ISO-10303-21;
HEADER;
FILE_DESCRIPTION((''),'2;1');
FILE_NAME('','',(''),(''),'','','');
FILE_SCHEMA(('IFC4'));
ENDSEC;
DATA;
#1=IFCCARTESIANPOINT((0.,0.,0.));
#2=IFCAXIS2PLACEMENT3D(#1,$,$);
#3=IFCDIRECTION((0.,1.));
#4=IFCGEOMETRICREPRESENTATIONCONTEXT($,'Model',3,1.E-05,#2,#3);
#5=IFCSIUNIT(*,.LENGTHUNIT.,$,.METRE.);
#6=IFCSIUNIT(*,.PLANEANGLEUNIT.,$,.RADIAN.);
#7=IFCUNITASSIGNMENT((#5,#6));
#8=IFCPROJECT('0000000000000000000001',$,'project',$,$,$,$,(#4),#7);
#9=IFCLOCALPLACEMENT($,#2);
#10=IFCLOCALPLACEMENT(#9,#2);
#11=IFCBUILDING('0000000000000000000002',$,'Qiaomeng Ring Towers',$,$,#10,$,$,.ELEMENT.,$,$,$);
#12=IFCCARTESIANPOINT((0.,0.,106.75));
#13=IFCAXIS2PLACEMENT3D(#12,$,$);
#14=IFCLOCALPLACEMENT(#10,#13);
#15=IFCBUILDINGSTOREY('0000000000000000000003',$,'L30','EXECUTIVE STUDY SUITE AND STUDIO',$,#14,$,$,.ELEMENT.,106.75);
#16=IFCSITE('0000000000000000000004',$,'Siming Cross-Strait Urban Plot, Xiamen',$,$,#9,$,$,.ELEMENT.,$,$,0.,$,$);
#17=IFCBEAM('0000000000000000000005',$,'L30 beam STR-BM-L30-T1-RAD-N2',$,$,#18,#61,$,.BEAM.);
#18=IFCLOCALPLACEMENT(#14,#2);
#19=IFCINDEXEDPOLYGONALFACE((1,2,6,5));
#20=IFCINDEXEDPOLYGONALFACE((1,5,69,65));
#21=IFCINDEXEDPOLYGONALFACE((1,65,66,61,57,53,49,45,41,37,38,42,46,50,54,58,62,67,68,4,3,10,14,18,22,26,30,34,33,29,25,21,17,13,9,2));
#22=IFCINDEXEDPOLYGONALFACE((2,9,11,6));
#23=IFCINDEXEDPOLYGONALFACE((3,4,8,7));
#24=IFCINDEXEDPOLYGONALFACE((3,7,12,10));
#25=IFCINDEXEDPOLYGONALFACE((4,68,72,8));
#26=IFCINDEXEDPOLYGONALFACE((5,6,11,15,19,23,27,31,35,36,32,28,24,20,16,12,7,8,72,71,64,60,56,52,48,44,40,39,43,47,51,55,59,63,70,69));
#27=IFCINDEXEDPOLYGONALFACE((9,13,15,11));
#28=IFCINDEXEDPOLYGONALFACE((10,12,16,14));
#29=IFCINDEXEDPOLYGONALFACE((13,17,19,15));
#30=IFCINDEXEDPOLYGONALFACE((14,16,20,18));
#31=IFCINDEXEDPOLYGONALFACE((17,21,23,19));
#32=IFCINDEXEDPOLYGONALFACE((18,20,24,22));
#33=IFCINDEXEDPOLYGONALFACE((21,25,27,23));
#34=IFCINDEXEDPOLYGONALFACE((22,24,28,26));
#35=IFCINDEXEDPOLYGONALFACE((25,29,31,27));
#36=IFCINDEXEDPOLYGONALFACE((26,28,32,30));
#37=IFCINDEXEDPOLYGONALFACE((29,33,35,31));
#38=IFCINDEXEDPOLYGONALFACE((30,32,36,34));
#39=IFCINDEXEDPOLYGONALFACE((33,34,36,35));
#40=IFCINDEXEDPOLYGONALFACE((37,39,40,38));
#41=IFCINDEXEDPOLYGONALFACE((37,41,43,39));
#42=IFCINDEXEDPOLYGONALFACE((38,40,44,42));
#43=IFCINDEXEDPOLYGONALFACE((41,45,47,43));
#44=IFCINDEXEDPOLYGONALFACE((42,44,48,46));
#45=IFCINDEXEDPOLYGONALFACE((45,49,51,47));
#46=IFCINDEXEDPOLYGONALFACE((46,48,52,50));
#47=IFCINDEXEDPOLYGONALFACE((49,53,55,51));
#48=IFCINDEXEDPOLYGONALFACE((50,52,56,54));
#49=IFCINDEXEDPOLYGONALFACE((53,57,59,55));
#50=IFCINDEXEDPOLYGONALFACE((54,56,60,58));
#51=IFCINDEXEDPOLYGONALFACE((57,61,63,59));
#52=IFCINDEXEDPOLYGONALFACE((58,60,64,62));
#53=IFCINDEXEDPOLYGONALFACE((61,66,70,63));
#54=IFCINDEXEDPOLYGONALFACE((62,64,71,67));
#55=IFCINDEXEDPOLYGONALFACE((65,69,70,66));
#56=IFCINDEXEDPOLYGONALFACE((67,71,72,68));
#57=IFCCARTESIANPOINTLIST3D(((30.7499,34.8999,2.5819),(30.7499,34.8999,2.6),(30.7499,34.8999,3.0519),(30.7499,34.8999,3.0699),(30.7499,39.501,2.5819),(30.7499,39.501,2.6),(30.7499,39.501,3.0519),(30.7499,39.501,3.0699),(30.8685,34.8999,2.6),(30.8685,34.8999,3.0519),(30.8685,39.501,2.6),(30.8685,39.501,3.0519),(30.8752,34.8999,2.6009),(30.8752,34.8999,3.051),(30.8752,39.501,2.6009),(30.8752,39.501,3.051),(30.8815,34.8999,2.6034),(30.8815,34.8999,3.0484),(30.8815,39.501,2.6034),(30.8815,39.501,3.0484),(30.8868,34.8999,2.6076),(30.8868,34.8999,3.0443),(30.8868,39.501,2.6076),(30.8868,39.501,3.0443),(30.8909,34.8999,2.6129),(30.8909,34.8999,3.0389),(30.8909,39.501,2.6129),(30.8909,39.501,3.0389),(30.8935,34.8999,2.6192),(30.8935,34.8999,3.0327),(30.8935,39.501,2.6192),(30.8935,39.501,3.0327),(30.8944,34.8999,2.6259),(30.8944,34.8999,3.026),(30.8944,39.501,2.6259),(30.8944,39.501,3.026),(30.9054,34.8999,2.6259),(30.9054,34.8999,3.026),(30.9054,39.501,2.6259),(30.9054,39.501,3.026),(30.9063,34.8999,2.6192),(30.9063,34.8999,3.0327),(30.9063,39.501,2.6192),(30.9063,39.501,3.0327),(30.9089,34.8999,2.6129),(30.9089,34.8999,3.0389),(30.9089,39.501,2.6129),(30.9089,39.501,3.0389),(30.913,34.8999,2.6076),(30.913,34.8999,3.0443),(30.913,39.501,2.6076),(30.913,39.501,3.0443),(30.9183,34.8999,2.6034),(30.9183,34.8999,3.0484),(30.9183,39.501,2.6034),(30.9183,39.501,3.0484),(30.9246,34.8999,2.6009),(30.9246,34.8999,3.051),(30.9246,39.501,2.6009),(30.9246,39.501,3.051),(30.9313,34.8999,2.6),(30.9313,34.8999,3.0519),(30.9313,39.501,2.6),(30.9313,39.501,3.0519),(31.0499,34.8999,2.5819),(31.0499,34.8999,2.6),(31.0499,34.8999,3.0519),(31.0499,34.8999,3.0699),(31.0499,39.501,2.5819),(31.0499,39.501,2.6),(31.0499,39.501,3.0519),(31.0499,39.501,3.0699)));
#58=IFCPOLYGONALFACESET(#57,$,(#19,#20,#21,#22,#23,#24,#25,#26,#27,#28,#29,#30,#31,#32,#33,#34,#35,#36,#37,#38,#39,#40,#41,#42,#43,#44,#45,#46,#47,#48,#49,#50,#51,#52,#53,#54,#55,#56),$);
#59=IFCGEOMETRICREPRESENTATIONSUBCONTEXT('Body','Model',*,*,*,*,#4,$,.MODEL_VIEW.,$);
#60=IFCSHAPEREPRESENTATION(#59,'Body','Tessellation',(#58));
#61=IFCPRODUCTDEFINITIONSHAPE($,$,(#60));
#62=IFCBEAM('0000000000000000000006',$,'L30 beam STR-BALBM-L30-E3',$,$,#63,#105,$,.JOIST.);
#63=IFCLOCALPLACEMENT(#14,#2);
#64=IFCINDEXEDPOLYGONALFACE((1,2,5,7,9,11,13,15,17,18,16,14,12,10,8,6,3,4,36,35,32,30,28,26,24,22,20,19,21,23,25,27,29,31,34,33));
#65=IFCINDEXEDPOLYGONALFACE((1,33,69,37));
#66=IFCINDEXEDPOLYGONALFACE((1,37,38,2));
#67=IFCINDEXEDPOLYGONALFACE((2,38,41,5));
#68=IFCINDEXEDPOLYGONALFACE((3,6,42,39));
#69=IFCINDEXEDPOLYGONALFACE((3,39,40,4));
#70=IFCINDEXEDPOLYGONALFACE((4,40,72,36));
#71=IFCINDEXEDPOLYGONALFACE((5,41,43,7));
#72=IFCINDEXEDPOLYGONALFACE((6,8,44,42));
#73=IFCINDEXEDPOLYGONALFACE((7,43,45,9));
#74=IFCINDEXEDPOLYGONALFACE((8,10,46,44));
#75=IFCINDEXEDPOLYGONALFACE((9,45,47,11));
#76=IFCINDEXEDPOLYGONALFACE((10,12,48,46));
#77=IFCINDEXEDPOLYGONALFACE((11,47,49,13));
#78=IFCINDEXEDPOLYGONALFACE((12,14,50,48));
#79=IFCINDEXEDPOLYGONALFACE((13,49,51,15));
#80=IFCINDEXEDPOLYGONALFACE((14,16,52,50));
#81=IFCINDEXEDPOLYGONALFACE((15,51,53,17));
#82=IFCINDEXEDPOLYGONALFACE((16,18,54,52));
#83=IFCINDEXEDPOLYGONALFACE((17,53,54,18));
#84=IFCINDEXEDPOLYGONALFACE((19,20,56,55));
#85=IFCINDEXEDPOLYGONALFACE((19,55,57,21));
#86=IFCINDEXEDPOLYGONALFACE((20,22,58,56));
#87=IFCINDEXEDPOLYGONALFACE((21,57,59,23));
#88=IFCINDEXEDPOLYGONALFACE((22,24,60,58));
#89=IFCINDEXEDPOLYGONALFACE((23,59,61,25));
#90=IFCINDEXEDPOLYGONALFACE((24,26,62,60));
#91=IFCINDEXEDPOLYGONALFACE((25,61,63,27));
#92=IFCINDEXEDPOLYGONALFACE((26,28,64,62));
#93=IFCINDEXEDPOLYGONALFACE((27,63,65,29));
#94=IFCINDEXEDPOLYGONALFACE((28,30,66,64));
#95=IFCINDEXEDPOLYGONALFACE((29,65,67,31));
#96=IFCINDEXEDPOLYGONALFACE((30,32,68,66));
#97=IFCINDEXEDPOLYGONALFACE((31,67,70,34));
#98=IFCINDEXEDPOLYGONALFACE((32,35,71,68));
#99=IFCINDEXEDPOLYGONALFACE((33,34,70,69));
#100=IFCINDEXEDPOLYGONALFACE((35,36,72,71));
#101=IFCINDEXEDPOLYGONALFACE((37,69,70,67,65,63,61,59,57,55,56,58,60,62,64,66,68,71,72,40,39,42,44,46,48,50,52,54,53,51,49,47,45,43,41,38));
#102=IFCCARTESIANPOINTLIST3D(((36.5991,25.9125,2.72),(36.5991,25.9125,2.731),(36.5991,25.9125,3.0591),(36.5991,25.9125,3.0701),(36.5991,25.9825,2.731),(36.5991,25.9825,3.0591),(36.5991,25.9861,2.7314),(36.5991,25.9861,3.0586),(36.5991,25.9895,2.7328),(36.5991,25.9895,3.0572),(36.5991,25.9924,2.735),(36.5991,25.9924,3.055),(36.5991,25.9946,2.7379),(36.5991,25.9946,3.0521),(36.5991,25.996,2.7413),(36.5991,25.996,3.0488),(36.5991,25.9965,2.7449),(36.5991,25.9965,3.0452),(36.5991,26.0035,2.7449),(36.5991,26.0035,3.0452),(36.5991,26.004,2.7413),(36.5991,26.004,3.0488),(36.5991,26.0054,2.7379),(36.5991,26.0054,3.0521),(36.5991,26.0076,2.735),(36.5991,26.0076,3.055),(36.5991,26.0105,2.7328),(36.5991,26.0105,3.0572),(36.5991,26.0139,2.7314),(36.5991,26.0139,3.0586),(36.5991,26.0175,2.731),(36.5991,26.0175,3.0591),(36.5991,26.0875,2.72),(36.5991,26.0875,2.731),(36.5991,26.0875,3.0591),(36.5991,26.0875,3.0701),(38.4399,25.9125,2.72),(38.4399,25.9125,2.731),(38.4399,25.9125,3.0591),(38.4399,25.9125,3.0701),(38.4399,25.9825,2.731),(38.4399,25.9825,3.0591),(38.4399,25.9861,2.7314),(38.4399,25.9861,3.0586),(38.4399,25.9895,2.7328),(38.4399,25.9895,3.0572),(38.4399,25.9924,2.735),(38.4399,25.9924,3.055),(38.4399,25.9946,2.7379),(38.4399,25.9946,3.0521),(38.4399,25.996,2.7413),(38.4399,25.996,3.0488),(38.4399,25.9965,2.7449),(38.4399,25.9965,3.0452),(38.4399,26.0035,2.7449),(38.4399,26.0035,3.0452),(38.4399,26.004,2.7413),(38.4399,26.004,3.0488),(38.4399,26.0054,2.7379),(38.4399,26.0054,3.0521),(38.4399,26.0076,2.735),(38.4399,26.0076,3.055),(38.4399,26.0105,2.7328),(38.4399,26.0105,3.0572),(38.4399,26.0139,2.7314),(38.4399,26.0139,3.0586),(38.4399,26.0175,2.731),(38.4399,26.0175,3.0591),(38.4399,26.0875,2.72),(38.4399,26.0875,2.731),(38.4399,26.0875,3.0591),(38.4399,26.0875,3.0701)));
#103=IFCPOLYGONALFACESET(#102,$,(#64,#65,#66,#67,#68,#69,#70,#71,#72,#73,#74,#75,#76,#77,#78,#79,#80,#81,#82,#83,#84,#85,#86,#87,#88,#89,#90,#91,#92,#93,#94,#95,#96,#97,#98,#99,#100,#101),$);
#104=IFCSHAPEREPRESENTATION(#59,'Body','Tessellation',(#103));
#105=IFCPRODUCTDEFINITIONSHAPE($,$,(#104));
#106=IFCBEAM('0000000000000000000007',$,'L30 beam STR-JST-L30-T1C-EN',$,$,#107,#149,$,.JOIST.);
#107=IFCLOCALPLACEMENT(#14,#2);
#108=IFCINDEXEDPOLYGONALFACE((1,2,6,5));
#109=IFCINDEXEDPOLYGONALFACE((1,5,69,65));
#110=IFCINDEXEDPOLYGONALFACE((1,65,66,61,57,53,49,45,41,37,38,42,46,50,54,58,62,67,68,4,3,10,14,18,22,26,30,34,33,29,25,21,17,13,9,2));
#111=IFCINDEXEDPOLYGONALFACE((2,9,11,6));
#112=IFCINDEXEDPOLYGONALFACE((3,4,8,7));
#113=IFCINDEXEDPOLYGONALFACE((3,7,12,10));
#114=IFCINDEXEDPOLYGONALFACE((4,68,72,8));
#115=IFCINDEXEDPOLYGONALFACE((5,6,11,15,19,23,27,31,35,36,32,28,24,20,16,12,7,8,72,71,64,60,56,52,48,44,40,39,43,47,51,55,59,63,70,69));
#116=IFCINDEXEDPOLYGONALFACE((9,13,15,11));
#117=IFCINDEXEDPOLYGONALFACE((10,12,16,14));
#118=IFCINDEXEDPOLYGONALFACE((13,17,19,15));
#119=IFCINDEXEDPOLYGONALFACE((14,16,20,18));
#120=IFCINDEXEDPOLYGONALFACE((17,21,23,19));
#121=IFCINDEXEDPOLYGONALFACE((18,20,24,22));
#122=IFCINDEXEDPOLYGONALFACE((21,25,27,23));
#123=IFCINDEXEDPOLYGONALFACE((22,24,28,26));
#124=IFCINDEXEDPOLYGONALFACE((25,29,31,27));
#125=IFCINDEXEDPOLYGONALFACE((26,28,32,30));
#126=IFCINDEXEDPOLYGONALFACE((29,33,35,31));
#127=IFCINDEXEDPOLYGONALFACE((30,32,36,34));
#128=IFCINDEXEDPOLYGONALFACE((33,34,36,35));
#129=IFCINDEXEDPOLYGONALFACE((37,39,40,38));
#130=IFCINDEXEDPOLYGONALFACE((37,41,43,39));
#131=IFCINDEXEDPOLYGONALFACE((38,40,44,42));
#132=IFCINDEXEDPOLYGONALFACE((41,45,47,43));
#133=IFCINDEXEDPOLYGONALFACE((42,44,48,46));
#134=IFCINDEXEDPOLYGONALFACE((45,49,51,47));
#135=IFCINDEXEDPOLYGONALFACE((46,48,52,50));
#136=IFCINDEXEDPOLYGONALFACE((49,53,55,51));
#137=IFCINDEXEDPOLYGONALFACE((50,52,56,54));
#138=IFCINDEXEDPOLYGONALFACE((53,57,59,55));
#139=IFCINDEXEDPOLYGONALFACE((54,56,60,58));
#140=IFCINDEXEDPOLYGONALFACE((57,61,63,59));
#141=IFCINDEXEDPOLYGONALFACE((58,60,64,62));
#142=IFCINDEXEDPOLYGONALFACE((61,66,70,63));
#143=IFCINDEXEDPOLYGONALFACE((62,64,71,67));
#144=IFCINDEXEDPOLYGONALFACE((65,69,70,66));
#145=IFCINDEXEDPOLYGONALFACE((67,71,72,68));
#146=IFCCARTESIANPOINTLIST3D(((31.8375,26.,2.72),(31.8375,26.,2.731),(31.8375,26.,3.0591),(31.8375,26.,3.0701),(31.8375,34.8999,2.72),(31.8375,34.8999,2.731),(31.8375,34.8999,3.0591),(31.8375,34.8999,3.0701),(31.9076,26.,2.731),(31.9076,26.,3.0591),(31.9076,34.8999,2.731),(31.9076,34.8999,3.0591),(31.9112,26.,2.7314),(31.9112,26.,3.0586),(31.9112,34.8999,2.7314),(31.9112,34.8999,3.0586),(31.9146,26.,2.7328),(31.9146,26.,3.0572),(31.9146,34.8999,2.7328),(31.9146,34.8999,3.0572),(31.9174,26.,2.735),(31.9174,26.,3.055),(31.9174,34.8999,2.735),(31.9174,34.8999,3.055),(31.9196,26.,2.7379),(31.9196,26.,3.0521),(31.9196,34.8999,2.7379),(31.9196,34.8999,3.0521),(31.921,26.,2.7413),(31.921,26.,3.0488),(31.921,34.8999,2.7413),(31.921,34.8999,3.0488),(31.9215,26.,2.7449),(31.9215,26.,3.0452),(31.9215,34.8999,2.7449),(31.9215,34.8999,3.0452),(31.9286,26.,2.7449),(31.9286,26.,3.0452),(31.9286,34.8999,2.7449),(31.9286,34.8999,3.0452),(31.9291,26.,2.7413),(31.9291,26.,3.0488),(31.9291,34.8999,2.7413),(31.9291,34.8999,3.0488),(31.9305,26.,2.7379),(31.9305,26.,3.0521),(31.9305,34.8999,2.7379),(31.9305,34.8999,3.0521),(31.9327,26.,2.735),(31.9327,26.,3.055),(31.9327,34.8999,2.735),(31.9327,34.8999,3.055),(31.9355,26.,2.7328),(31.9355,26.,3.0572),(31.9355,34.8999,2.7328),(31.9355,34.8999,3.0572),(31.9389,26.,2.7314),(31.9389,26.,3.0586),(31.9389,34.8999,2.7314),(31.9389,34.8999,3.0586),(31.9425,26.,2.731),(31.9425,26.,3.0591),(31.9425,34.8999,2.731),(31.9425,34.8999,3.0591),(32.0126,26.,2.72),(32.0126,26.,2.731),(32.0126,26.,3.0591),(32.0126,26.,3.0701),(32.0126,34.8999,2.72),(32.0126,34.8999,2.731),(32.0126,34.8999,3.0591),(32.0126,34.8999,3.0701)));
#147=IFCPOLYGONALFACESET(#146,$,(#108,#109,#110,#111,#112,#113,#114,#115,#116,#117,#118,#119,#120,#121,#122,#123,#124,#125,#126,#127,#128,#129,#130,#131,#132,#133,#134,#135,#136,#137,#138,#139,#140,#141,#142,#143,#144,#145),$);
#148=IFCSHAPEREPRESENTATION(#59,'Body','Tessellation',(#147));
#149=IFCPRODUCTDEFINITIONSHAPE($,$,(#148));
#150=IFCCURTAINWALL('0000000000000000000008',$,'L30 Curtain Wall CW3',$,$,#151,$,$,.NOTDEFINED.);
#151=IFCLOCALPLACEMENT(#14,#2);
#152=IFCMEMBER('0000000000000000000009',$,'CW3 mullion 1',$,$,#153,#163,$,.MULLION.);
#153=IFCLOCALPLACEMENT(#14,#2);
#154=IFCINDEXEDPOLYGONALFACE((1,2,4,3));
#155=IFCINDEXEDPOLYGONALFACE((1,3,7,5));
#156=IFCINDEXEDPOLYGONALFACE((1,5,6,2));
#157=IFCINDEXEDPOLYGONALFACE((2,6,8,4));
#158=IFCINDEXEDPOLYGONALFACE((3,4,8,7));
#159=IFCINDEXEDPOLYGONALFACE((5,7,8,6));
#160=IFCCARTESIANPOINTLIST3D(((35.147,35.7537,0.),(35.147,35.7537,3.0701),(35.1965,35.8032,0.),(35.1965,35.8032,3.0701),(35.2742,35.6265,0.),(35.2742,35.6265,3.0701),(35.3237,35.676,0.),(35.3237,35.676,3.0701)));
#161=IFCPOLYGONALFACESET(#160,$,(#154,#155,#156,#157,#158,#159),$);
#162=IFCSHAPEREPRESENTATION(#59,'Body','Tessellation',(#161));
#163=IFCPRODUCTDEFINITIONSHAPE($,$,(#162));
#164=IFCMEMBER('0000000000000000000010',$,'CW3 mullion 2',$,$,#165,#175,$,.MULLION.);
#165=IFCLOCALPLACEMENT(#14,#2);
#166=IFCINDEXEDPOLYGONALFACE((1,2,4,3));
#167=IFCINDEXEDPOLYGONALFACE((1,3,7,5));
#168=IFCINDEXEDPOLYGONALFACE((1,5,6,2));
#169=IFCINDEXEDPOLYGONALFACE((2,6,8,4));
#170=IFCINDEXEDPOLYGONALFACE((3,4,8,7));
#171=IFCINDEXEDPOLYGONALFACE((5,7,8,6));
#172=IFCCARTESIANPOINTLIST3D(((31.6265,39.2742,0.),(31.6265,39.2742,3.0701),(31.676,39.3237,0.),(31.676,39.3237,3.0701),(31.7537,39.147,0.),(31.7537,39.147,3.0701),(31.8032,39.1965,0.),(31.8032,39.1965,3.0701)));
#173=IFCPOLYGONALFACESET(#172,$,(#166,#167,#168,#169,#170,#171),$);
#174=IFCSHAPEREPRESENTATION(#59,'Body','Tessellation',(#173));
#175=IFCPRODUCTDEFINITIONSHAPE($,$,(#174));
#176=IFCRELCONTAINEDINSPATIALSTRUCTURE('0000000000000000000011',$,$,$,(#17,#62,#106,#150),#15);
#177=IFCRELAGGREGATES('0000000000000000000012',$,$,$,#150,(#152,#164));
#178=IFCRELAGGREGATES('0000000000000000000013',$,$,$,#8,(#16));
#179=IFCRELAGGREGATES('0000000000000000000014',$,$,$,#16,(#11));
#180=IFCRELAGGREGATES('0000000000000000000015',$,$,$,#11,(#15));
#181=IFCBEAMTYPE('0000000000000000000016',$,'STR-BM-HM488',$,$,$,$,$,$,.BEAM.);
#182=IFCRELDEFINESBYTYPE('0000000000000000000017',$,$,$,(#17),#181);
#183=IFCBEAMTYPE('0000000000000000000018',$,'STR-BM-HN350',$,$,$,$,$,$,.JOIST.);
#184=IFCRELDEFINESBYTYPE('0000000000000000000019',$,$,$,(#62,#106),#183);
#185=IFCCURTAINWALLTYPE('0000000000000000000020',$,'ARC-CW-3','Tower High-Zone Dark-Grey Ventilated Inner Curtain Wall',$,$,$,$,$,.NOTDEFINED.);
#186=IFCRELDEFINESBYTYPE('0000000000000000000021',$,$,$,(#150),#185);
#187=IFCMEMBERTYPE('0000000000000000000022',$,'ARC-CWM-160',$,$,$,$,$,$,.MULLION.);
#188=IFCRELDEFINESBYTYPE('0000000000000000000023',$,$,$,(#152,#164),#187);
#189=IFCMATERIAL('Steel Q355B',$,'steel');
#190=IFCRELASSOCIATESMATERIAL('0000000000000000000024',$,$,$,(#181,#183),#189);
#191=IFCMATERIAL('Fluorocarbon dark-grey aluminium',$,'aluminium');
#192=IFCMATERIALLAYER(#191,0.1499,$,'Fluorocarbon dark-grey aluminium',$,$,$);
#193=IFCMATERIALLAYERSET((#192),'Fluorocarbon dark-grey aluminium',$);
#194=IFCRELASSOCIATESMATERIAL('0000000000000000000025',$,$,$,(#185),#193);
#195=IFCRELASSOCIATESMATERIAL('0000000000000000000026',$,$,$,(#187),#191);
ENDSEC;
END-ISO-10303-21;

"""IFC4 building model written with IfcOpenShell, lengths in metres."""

from ifc_helpers import new_model, si_unit, direction, frame, origin, origin_2d, place, context, subcontext, project, spatial, rectangle, i_section, extrude, source, transform, mapped, material, layer, layer_set, material_profile, profile_set, type_object, element, aggregate, save


model = new_model("IFC4")

# Units and contexts
model_context = context("Model", 3, precision=1e-05, world=origin(), true_north=direction((0.0, 1.0)))
body_context = subcontext(model_context, "Body", "Model", "MODEL_VIEW")
ifc_project = project(units=[si_unit("LENGTHUNIT", "METRE"), si_unit("PLANEANGLEUNIT", "RADIAN")], contexts=[model_context])

# Site, building, storey
site_placement = place(None, origin())
site = spatial("IfcSite", under=ifc_project, at=site_placement, Name="Siming Cross-Strait Urban Plot, Xiamen", CompositionType="ELEMENT", RefElevation=0.0)
building_placement = place(site_placement, origin())
building = spatial("IfcBuilding", under=site, at=building_placement, Name="Qiaomeng Ring Towers", CompositionType="ELEMENT")
storey_placement = place(building_placement, frame((0.0, 0.0, 106.75)))
storey = spatial("IfcBuildingStorey", under=building, at=storey_placement, Name="L30", Description="EXECUTIVE STUDY SUITE AND STUDIO", CompositionType="ELEMENT", Elevation=106.75)

# Beams
ifc_material_1 = material(Name="Steel Q355B", Category="steel")
ifc_material_profile_1 = material_profile(ifc_material_1, i_section(OverallWidth=0.3, OverallDepth=0.488, WebThickness=0.011, FlangeThickness=0.0181, FilletRadius=0.0259, at=origin_2d()), Name="HM 488x300x11x18")
ifc_profile_set_1 = profile_set([ifc_material_profile_1], Name="Steel Q355B")
beam_type_1 = type_object("IfcBeamType", Name="STR-BM-HM488", PredefinedType="BEAM", material=ifc_profile_set_1)
shared_shape_1 = source(origin(), body_context, "Body", "SweptSolid", [
    extrude(i_section(OverallWidth=0.3, OverallDepth=0.488, WebThickness=0.011, FlangeThickness=0.0181, FilletRadius=0.0259, at=origin_2d()), origin(), (0.0, 0.0, 1.0), 4.6011),
])
beam_1_placement = place(storey_placement, frame((30.8999, 39.501, 2.8259), z_axis=(0.0, -1.0, 0.0), x_axis=(1.0, 0.0, 0.0)))
element("IfcBeam", 1, at=beam_1_placement, inside=storey, type_object=beam_type_1, Name="L30 beam STR-BM-L30-T1-RAD-N2", PredefinedType="BEAM", context=body_context, shape_type="MappedRepresentation", body=[
    mapped(shared_shape_1, transform((0.0, 0.0, 0.0), x_axis=(1.0, 0.0, 0.0), y_axis=(0.0, 1.0, 0.0), z_axis=(0.0, 0.0, 1.0), scale=1.0)),
])
ifc_material_profile_2 = material_profile(ifc_material_1, i_section(OverallWidth=0.175, OverallDepth=0.3501, WebThickness=0.0071, FlangeThickness=0.011, FilletRadius=0.0139, at=origin_2d()), Name="HN 350x175x7x11")
ifc_profile_set_2 = profile_set([ifc_material_profile_2], Name="Steel Q355B")
beam_type_2 = type_object("IfcBeamType", Name="STR-BM-HN350", PredefinedType="JOIST", material=ifc_profile_set_2)
shared_shape_2 = source(origin(), body_context, "Body", "SweptSolid", [
    extrude(i_section(OverallWidth=0.175, OverallDepth=0.3501, WebThickness=0.0071, FlangeThickness=0.011, FilletRadius=0.0139, at=origin_2d()), origin(), (0.0, 0.0, 1.0), 1.8408),
])
beam_2_placement = place(storey_placement, frame((36.5991, 26.0, 2.895), z_axis=(1.0, 0.0, 0.0), x_axis=(0.0, 1.0, 0.0)))
element("IfcBeam", 2, at=beam_2_placement, inside=storey, type_object=beam_type_2, Name="L30 beam STR-BALBM-L30-E3", PredefinedType="JOIST", context=body_context, shape_type="MappedRepresentation", body=[
    mapped(shared_shape_2, transform((0.0, 0.0, 0.0), x_axis=(1.0, 0.0, 0.0), y_axis=(0.0, 1.0, 0.0), z_axis=(0.0, 0.0, 1.0), scale=1.0)),
])
shared_shape_3 = source(origin(), body_context, "Body", "SweptSolid", [
    extrude(i_section(OverallWidth=0.175, OverallDepth=0.3501, WebThickness=0.0071, FlangeThickness=0.011, FilletRadius=0.0139, at=origin_2d()), origin(), (0.0, 0.0, 1.0), 8.8999),
])
beam_3_placement = place(storey_placement, frame((31.925, 26.0, 2.895), z_axis=(0.0, 1.0, 0.0), x_axis=(-1.0, 0.0, 0.0)))
element("IfcBeam", 3, at=beam_3_placement, inside=storey, type_object=beam_type_2, Name="L30 beam STR-JST-L30-T1C-EN", PredefinedType="JOIST", context=body_context, shape_type="MappedRepresentation", body=[
    mapped(shared_shape_3, transform((0.0, 0.0, 0.0), x_axis=(1.0, 0.0, 0.0), y_axis=(0.0, 1.0, 0.0), z_axis=(0.0, 0.0, 1.0), scale=1.0)),
])

# Curtain wall, members
ifc_material_2 = material(Name="Fluorocarbon dark-grey aluminium", Category="aluminium")
ifc_layer_1 = layer(ifc_material_2, 0.1499, Name="Fluorocarbon dark-grey aluminium")
ifc_layer_set_1 = layer_set([ifc_layer_1], Name="Fluorocarbon dark-grey aluminium")
curtain_wall_type = type_object("IfcCurtainWallType", Name="ARC-CW-3", Description="Tower High-Zone Dark-Grey Ventilated Inner Curtain Wall", PredefinedType="NOTDEFINED", material=ifc_layer_set_1)
curtain_wall_placement = place(storey_placement, origin())
curtain_wall = element("IfcCurtainWall", 4, at=curtain_wall_placement, inside=storey, type_object=curtain_wall_type, Name="L30 Curtain Wall CW3", PredefinedType="NOTDEFINED")
ifc_material_profile_3 = material_profile(ifc_material_2, rectangle(XDim=0.0701, YDim=0.1799, at=origin_2d()), Name="ALU MULL 70x180")
ifc_profile_set_3 = profile_set([ifc_material_profile_3], Name="Fluorocarbon dark-grey aluminium")
member_type_1 = type_object("IfcMemberType", Name="ARC-CWM-160", PredefinedType="MULLION", material=ifc_profile_set_3)
shared_shape_4 = source(origin(), body_context, "Body", "SweptSolid", [
    extrude(rectangle(XDim=0.0701, YDim=0.1799, at=origin_2d()), origin(), (0.0, 0.0, 1.0), 3.0701),
])
member_1_placement = place(storey_placement, frame((35.2354, 35.7148, 0.0), z_axis=(0.0, 0.0, 1.0), x_axis=(-0.707107, -0.707107, 0.0)))
member_1 = element("IfcMember", 5, at=member_1_placement, type_object=member_type_1, Name="CW3 mullion 1", PredefinedType="MULLION", context=body_context, shape_type="MappedRepresentation", body=[
    mapped(shared_shape_4, transform((0.0, 0.0, 0.0), x_axis=(1.0, 0.0, 0.0), y_axis=(0.0, 1.0, 0.0), z_axis=(0.0, 0.0, 1.0), scale=1.0)),
])
member_2_placement = place(storey_placement, frame((31.7148, 39.2354, 0.0), z_axis=(0.0, 0.0, 1.0), x_axis=(-0.707107, -0.707107, 0.0)))
member_2 = element("IfcMember", 6, at=member_2_placement, type_object=member_type_1, Name="CW3 mullion 2", PredefinedType="MULLION", context=body_context, shape_type="MappedRepresentation", body=[
    mapped(shared_shape_4, transform((0.0, 0.0, 0.0), x_axis=(1.0, 0.0, 0.0), y_axis=(0.0, 1.0, 0.0), z_axis=(0.0, 0.0, 1.0), scale=1.0)),
])
aggregate(curtain_wall, [member_1, member_2])

save(model, "model.ifc")
